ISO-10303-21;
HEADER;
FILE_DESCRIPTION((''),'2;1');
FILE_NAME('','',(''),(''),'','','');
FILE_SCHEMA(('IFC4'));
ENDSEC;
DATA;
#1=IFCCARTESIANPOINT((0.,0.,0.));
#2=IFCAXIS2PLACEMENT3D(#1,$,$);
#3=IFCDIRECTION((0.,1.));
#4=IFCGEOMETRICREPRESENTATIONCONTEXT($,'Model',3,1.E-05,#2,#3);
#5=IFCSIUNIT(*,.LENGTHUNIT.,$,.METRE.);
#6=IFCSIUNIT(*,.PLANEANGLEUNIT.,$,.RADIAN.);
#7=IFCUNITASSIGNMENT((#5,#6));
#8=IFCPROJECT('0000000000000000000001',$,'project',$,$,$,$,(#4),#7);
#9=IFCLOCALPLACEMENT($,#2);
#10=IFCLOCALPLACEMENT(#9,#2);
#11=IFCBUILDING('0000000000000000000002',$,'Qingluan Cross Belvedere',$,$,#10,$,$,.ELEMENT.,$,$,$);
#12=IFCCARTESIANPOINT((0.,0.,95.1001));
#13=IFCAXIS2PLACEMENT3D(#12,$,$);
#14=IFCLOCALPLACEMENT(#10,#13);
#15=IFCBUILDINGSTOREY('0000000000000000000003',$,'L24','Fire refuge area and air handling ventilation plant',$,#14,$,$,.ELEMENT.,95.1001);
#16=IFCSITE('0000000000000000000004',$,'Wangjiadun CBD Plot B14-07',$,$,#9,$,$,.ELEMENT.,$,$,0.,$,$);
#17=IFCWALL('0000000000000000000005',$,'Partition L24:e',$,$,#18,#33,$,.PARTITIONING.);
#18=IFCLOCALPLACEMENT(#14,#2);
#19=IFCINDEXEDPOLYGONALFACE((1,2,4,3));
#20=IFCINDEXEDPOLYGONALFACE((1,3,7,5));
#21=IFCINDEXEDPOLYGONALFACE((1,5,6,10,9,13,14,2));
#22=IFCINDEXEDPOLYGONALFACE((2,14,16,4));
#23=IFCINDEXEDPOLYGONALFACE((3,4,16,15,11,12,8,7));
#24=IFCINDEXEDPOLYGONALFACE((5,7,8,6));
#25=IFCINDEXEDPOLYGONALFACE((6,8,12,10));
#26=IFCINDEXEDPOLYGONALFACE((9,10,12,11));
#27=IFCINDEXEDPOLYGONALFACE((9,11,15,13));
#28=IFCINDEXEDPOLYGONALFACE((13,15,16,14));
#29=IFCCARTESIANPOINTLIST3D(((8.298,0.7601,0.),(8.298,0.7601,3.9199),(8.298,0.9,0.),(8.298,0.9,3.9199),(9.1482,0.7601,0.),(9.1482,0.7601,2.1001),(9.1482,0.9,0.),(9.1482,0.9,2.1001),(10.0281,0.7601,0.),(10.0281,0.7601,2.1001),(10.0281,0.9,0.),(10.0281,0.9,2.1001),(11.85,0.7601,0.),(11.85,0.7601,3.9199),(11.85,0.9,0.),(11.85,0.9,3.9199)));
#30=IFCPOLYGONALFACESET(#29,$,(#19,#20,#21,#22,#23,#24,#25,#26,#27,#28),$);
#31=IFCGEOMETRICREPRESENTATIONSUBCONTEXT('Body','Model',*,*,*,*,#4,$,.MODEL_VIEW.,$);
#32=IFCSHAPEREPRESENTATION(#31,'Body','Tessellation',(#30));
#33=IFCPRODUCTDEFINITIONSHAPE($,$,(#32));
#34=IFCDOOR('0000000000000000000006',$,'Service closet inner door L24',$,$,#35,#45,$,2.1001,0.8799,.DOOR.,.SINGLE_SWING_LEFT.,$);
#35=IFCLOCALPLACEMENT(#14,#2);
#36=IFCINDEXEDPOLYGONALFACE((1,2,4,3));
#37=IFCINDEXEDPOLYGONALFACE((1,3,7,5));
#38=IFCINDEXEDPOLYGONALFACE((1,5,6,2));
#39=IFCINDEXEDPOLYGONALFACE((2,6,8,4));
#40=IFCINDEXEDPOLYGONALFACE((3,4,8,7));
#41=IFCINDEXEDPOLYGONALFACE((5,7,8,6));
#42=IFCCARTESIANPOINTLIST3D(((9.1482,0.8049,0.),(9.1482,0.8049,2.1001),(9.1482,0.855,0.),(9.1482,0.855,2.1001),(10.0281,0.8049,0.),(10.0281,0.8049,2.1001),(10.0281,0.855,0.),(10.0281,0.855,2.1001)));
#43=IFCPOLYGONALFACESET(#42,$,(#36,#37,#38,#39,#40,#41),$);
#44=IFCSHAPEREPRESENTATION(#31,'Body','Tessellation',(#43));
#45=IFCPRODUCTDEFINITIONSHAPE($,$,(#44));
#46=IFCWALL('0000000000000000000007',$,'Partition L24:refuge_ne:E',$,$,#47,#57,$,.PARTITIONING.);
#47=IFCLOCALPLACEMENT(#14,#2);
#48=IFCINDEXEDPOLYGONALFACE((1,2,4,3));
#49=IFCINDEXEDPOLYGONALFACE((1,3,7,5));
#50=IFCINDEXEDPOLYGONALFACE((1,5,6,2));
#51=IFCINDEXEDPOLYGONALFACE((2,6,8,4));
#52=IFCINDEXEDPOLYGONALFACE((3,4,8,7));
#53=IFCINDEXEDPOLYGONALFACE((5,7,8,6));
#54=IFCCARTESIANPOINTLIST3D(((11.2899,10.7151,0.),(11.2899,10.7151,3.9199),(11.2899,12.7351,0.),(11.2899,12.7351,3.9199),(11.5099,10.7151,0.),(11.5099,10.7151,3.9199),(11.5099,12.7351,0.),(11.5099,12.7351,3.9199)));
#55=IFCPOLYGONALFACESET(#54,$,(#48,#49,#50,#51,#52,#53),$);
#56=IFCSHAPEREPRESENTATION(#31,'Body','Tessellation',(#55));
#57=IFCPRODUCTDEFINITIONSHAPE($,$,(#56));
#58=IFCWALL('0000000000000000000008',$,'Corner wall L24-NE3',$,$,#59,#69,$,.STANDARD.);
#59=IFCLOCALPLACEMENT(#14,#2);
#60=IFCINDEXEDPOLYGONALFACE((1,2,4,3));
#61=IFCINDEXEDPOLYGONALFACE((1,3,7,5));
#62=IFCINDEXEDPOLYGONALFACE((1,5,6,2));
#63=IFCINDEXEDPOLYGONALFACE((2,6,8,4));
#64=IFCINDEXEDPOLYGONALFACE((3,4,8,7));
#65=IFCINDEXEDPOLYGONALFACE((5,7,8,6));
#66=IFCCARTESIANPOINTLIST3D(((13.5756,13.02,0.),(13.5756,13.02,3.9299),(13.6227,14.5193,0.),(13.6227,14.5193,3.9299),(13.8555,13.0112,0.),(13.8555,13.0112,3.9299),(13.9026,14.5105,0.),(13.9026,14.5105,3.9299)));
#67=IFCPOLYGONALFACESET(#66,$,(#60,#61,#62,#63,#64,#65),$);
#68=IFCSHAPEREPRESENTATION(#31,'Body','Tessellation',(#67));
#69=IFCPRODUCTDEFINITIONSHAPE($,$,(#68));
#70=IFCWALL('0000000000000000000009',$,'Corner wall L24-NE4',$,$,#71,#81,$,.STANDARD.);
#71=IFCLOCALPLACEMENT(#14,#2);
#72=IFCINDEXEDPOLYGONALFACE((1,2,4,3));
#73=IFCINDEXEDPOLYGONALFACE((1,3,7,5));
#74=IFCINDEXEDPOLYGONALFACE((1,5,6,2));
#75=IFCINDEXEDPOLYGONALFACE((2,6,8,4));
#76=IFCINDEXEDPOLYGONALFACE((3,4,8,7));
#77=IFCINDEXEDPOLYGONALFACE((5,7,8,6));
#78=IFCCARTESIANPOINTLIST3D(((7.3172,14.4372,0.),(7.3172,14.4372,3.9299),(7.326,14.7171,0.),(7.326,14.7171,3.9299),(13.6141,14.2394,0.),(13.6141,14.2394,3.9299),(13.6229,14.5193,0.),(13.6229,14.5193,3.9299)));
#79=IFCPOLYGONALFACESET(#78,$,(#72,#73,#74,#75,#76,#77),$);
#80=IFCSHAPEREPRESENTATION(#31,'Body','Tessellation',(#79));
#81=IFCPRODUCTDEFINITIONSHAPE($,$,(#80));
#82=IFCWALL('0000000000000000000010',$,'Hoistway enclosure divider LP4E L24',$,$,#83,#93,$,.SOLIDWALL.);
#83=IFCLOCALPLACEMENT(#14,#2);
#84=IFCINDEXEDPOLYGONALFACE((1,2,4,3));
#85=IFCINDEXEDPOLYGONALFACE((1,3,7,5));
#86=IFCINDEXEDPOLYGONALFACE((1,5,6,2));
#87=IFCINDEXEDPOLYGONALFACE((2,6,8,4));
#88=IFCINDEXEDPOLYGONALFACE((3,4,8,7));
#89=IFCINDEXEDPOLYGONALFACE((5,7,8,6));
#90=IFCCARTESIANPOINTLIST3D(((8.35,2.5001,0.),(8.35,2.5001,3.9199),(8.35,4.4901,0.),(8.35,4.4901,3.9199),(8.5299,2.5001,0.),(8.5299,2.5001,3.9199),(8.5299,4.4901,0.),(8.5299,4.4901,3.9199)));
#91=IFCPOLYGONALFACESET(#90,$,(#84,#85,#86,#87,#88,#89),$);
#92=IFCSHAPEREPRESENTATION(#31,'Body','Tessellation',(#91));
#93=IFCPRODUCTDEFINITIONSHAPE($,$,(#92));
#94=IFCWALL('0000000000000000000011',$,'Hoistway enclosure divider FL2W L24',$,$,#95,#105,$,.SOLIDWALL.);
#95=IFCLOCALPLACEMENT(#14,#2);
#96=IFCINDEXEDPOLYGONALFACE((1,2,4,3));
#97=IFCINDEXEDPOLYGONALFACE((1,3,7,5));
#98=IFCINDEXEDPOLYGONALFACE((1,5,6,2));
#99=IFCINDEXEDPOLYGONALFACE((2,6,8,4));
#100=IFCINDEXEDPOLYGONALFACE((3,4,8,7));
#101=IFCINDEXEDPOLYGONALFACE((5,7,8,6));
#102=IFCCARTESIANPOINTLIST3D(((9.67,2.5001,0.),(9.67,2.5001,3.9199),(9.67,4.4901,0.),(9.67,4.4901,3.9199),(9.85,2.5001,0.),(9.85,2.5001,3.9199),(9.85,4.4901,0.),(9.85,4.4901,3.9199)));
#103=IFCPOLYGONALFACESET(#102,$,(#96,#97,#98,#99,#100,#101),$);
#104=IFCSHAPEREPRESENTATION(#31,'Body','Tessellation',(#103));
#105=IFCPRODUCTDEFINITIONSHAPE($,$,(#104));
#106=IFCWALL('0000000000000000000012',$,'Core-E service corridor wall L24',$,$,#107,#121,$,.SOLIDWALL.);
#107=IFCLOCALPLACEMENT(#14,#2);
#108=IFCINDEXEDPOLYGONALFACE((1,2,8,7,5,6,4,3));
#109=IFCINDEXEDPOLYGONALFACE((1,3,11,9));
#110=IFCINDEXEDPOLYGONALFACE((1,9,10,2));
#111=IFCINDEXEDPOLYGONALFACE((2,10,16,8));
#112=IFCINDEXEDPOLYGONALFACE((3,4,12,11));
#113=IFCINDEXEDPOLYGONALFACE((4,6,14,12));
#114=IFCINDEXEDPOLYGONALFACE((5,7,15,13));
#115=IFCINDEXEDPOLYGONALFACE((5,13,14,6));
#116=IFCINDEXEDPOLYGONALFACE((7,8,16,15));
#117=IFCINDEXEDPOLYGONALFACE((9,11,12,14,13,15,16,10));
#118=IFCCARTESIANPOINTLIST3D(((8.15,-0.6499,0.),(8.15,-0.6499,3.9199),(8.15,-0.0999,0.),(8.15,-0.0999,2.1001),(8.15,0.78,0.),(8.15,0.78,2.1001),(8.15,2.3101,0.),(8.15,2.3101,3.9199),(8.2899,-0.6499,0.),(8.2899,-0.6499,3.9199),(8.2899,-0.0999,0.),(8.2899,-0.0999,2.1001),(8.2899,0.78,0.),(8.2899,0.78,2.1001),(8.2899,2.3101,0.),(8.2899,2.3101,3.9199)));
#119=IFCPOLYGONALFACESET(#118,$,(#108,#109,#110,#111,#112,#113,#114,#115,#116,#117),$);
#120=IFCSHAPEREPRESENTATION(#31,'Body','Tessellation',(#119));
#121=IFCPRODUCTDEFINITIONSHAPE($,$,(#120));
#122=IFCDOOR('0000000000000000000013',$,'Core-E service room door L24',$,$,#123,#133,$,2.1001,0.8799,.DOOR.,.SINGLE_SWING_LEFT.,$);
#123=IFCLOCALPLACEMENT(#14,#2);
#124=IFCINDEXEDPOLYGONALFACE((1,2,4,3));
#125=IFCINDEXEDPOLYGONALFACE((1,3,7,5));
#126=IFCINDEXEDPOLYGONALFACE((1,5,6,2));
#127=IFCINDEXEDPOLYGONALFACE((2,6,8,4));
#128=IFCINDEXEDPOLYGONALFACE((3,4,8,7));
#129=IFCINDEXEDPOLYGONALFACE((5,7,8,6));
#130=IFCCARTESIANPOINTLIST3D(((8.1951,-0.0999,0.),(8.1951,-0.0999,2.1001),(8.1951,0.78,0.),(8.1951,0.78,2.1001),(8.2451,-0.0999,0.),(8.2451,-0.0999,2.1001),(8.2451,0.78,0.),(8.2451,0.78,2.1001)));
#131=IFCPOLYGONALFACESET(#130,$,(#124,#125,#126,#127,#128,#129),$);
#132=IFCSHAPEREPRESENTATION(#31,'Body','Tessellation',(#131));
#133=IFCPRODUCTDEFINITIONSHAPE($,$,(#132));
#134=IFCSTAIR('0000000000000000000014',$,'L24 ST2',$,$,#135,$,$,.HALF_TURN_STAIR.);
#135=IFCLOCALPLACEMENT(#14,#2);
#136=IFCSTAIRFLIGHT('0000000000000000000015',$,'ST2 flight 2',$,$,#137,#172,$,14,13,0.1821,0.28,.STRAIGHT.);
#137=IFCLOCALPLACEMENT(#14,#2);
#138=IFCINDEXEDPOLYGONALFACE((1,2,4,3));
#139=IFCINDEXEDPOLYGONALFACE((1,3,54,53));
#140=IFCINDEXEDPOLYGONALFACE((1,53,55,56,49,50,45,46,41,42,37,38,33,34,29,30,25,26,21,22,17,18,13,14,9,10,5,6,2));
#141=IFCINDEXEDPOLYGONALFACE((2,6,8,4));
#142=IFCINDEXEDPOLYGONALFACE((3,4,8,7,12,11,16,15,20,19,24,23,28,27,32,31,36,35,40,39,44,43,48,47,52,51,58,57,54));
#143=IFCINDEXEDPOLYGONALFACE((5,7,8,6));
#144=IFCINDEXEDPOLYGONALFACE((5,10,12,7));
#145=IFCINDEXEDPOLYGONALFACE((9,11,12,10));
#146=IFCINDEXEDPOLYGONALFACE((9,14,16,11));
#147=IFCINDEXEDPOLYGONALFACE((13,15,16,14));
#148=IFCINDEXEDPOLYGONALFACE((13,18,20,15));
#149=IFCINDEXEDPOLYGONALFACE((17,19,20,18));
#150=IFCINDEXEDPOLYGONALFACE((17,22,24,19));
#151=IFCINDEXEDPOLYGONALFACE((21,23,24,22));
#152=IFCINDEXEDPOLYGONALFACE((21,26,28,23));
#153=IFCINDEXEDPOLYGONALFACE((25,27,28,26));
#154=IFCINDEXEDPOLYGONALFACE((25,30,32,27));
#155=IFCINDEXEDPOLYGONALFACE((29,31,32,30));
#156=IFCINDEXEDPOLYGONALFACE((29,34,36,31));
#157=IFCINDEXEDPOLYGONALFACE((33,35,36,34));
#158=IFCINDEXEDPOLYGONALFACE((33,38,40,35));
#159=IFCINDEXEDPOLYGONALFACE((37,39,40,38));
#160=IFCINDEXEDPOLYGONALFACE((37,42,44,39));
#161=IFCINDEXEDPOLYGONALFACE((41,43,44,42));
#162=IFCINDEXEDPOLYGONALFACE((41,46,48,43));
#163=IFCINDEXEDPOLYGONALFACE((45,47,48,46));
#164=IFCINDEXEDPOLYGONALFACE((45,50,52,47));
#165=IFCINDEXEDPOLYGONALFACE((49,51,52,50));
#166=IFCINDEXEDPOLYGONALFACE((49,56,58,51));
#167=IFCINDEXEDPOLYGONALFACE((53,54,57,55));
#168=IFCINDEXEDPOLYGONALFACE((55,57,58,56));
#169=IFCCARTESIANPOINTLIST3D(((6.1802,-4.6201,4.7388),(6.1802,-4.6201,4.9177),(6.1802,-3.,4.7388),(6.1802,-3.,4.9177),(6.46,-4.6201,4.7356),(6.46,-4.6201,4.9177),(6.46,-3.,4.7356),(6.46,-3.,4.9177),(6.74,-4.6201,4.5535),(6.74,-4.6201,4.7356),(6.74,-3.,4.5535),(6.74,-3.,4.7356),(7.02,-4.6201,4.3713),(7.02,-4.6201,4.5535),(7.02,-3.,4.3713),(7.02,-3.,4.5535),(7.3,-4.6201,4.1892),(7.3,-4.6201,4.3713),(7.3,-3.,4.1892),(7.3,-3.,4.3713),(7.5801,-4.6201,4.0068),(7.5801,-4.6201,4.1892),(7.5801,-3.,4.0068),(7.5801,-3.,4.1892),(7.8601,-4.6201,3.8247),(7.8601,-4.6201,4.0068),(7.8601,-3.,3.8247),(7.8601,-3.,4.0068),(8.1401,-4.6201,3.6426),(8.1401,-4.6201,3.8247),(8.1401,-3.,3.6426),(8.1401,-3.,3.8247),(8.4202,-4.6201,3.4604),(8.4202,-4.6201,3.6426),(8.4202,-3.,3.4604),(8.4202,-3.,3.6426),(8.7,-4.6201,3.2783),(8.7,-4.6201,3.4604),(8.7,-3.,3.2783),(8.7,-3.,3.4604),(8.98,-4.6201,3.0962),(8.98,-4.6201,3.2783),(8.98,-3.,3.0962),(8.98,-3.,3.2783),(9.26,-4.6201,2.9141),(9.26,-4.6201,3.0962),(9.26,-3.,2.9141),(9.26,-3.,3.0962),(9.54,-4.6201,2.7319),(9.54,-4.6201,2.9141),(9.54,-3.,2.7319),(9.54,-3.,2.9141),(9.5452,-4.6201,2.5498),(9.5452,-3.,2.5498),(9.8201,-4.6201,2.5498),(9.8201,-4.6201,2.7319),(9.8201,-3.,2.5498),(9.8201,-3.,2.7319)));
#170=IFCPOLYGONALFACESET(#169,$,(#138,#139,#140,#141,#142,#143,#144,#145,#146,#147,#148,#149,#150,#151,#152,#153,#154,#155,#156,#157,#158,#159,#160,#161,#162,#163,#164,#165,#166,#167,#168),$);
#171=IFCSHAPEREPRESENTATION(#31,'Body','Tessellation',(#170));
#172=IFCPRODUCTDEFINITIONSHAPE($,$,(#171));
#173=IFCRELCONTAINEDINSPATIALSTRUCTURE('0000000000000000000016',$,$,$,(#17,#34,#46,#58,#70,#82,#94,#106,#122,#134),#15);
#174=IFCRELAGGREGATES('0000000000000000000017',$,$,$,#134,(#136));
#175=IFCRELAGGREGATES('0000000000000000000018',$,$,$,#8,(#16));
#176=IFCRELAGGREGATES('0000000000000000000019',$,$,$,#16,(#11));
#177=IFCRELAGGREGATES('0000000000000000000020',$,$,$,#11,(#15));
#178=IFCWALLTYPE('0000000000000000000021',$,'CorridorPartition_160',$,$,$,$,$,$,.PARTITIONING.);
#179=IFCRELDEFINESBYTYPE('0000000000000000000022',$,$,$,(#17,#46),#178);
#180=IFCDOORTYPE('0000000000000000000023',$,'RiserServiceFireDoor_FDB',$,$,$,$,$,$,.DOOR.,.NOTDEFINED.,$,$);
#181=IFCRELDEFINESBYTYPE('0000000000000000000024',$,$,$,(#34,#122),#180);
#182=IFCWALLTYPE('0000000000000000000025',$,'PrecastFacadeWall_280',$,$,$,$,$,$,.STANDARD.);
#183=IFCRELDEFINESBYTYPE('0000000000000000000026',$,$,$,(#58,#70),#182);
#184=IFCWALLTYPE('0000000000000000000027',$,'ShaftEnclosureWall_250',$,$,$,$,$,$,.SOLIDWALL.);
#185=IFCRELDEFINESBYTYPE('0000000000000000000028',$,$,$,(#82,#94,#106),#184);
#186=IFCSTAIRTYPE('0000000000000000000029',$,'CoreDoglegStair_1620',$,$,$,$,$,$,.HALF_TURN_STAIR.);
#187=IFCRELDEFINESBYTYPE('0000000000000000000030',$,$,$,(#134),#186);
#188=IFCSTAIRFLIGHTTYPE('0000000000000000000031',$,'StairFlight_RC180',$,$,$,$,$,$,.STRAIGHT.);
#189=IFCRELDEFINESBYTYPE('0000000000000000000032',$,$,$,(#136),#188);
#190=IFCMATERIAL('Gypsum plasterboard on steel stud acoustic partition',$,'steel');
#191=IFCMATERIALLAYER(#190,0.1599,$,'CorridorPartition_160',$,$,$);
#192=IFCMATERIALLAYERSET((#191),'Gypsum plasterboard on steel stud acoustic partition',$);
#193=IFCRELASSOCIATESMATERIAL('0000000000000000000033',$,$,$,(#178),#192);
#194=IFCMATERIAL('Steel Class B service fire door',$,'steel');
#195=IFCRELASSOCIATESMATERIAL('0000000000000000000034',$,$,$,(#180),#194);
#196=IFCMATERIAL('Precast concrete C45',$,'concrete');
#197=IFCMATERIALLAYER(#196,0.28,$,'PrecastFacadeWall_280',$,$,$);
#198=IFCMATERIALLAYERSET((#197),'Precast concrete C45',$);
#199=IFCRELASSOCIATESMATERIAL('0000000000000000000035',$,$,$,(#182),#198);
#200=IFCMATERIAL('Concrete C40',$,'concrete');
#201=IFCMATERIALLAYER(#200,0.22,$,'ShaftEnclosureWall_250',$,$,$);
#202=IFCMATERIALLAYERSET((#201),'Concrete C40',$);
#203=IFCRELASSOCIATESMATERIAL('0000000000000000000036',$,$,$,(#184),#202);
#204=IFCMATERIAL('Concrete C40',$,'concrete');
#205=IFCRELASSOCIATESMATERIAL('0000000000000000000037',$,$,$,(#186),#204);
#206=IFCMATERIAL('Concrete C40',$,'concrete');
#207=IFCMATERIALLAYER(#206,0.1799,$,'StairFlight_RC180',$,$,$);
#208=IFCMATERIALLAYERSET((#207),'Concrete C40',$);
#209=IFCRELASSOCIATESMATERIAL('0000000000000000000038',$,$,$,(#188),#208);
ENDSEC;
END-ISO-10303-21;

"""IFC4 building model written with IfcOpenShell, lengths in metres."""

from ifc_helpers import new_model, si_unit, direction, frame, frame_2d, origin, place, context, subcontext, project, spatial, polyline, rectangle, outline, extrude, material, layer, layer_set, type_object, element, fill, aggregate, save


model = new_model("IFC4")

# Units and contexts
model_context = context("Model", 3, precision=1e-05, world=origin(), true_north=direction((0.0, 1.0)))
body_context = subcontext(model_context, "Body", "Model", "MODEL_VIEW")
ifc_project = project(units=[si_unit("LENGTHUNIT", "METRE"), si_unit("PLANEANGLEUNIT", "RADIAN")], contexts=[model_context])

# Site, building, storey
site_placement = place(None, origin())
site = spatial("IfcSite", under=ifc_project, at=site_placement, Name="Wangjiadun CBD Plot B14-07", CompositionType="ELEMENT", RefElevation=0.0)
building_placement = place(site_placement, origin())
building = spatial("IfcBuilding", under=site, at=building_placement, Name="Qingluan Cross Belvedere", CompositionType="ELEMENT")
storey_placement = place(building_placement, frame((0.0, 0.0, 95.1001)))
storey = spatial("IfcBuildingStorey", under=building, at=storey_placement, Name="L24", Description="Fire refuge area and air handling ventilation plant", CompositionType="ELEMENT", Elevation=95.1001)

# Wall, opening, door
ifc_material_1 = material(Name="Gypsum plasterboard on steel stud acoustic partition", Category="steel")
ifc_layer_1 = layer(ifc_material_1, 0.1599, Name="CorridorPartition_160")
ifc_layer_set_1 = layer_set([ifc_layer_1], Name="Gypsum plasterboard on steel stud acoustic partition")
wall_type_1 = type_object("IfcWallType", Name="CorridorPartition_160", PredefinedType="PARTITIONING", material=ifc_layer_set_1)
wall_1_placement = place(storey_placement, frame((8.2981, 0.8301, 0.0), z_axis=(0.0, 0.0, 1.0), x_axis=(1.0, 0.0, 0.0)))
wall_1 = element("IfcWall", 1, at=wall_1_placement, inside=storey, type_object=wall_type_1, Name="Partition L24:e", PredefinedType="PARTITIONING", context=body_context, shape_type="SweptSolid", body=[
    extrude(rectangle(XDim=3.552, YDim=0.1399, at=frame_2d((1.7759, 0.0))), origin(), (0.0, 0.0, 1.0), 3.9199),
])
opening_1_placement = place(wall_1_placement, frame((0.8501, 0.0, 0.0)))
opening_1 = element("IfcOpeningElement", 2, at=opening_1_placement, cuts=wall_1, PredefinedType="OPENING", context=body_context, shape_type="SweptSolid", body=[
    extrude(rectangle(XDim=0.8799, YDim=2.1001, at=frame_2d((0.4399, 1.05))), frame((0.0, 0.0798, 0.0), z_axis=(0.0, -1.0, 0.0), x_axis=(1.0, 0.0, 0.0)), (0.0, 0.0, 1.0), 0.1599),
])
ifc_material_2 = material(Name="Steel Class B service fire door", Category="steel")
door_type = type_object("IfcDoorType", Name="RiserServiceFireDoor_FDB", OperationType="NOTDEFINED", PredefinedType="DOOR", material=ifc_material_2)
door_1_placement = place(opening_1_placement, origin())
door_1 = element("IfcDoor", 3, at=door_1_placement, inside=storey, type_object=door_type, Name="Service closet inner door L24", OperationType="SINGLE_SWING_LEFT", OverallHeight=2.1001, OverallWidth=0.8799, PredefinedType="DOOR", context=body_context, shape_type="SweptSolid", body=[
    extrude(rectangle(XDim=0.8799, YDim=2.1001, at=frame_2d((0.4399, 1.05))), frame((0.0, 0.0249, 0.0), z_axis=(0.0, -1.0, 0.0), x_axis=(1.0, 0.0, 0.0)), (0.0, 0.0, 1.0), 0.05),
])
fill(opening_1, door_1)

# Walls
wall_2_placement = place(storey_placement, frame((11.3999, 10.7151, 0.0), z_axis=(0.0, 0.0, 1.0), x_axis=(0.0, 1.0, 0.0)))
element("IfcWall", 4, at=wall_2_placement, inside=storey, type_object=wall_type_1, Name="Partition L24:refuge_ne:E", PredefinedType="PARTITIONING", context=body_context, shape_type="SweptSolid", body=[
    extrude(rectangle(XDim=2.02, YDim=0.22, at=frame_2d((1.01, 0.0))), origin(), (0.0, 0.0, 1.0), 3.9199),
])
ifc_material_3 = material(Name="Precast concrete C45", Category="concrete")
ifc_layer_2 = layer(ifc_material_3, 0.28, Name="PrecastFacadeWall_280")
ifc_layer_set_2 = layer_set([ifc_layer_2], Name="Precast concrete C45")
wall_type_2 = type_object("IfcWallType", Name="PrecastFacadeWall_280", PredefinedType="STANDARD", material=ifc_layer_set_2)
wall_3_placement = place(storey_placement, frame((13.7156, 13.0156, 0.0), z_axis=(0.0, 0.0, 1.0), x_axis=(0.031413, 0.999507, 0.0)))
element("IfcWall", 5, at=wall_3_placement, inside=storey, type_object=wall_type_2, Name="Corner wall L24-NE3", PredefinedType="STANDARD", context=body_context, shape_type="SweptSolid", body=[
    extrude(rectangle(XDim=1.5, YDim=0.28, at=frame_2d((0.75, 0.0))), origin(), (0.0, 0.0, 1.0), 3.9299),
])
wall_4_placement = place(storey_placement, frame((13.6184, 14.3794, 0.0), z_axis=(0.0, 0.0, 1.0), x_axis=(-0.999507, 0.03139, 0.0)))
element("IfcWall", 6, at=wall_4_placement, inside=storey, type_object=wall_type_2, Name="Corner wall L24-NE4", PredefinedType="STANDARD", context=body_context, shape_type="SweptSolid", body=[
    extrude(rectangle(XDim=6.3, YDim=0.28, at=frame_2d((3.1499, 0.0))), origin(), (0.0, 0.0, 1.0), 3.9299),
])
ifc_material_4 = material(Name="Concrete C40", Category="concrete")
ifc_layer_3 = layer(ifc_material_4, 0.22, Name="ShaftEnclosureWall_250")
ifc_layer_set_3 = layer_set([ifc_layer_3], Name="Concrete C40")
wall_type_3 = type_object("IfcWallType", Name="ShaftEnclosureWall_250", PredefinedType="SOLIDWALL", material=ifc_layer_set_3)
for number, where, z_axis, x_axis, name in (
    (7, (8.4399, 2.5, 0.0), (0.0, 0.0, 1.0), (0.0, 1.0, 0.0), "Hoistway enclosure divider LP4E L24"),
    (8, (9.76, 2.5, 0.0), (0.0, 0.0, 1.0), (0.0, 1.0, 0.0), "Hoistway enclosure divider FL2W L24"),
):
    element("IfcWall", number, at=place(storey_placement, frame(where, z_axis=z_axis, x_axis=x_axis)), inside=storey, type_object=wall_type_3, Name=name, PredefinedType="SOLIDWALL", context=body_context, shape_type="SweptSolid", body=[
        extrude(rectangle(XDim=1.99, YDim=0.1799, at=frame_2d((0.9951, 0.0))), origin(), (0.0, 0.0, 1.0), 3.9199),
    ])

# Wall, opening, door
wall_5_placement = place(storey_placement, frame((8.22, -0.6499, 0.0), z_axis=(0.0, 0.0, 1.0), x_axis=(0.0, 1.0, 0.0)))
wall_5 = element("IfcWall", 9, at=wall_5_placement, inside=storey, type_object=wall_type_3, Name="Core-E service corridor wall L24", PredefinedType="SOLIDWALL", context=body_context, shape_type="SweptSolid", body=[
    extrude(rectangle(XDim=2.96, YDim=0.1399, at=frame_2d((1.48, 0.0))), origin(), (0.0, 0.0, 1.0), 3.9199),
])
opening_2_placement = place(wall_5_placement, frame((0.55, 0.0, 0.0)))
opening_2 = element("IfcOpeningElement", 10, at=opening_2_placement, cuts=wall_5, PredefinedType="OPENING", context=body_context, shape_type="SweptSolid", body=[
    extrude(rectangle(XDim=0.8799, YDim=2.1001, at=frame_2d((0.4399, 1.05))), frame((0.0, 0.0798, 0.0), z_axis=(0.0, -1.0, 0.0), x_axis=(1.0, 0.0, 0.0)), (0.0, 0.0, 1.0), 0.1599),
])
door_2_placement = place(opening_2_placement, origin())
door_2 = element("IfcDoor", 11, at=door_2_placement, inside=storey, type_object=door_type, Name="Core-E service room door L24", OperationType="SINGLE_SWING_LEFT", OverallHeight=2.1001, OverallWidth=0.8799, PredefinedType="DOOR", context=body_context, shape_type="SweptSolid", body=[
    extrude(rectangle(XDim=0.8799, YDim=2.1001, at=frame_2d((0.4399, 1.05))), frame((0.0, 0.0249, 0.0), z_axis=(0.0, -1.0, 0.0), x_axis=(1.0, 0.0, 0.0)), (0.0, 0.0, 1.0), 0.05),
])
fill(opening_2, door_2)

# Stair, stair flight
ifc_material_5 = material(Name="Concrete C40", Category="concrete")
stair_type = type_object("IfcStairType", Name="CoreDoglegStair_1620", PredefinedType="HALF_TURN_STAIR", material=ifc_material_5)
stair_placement = place(storey_placement, origin())
stair = element("IfcStair", 12, at=stair_placement, inside=storey, type_object=stair_type, Name="L24 ST2", PredefinedType="HALF_TURN_STAIR")
ifc_material_6 = material(Name="Concrete C40", Category="concrete")
ifc_layer_4 = layer(ifc_material_6, 0.1799, Name="StairFlight_RC180")
ifc_layer_set_4 = layer_set([ifc_layer_4], Name="Concrete C40")
stair_flight_type = type_object("IfcStairFlightType", Name="StairFlight_RC180", PredefinedType="STRAIGHT", material=ifc_layer_set_4)
stair_flight_placement = place(storey_placement, frame((9.8201, -3.8101, 2.5498), z_axis=(0.0, 0.0, 1.0), x_axis=(-1.0, 0.0, 0.0)))
stair_flight = element("IfcStairFlight", 13, at=stair_flight_placement, type_object=stair_flight_type, Name="ST2 flight 2", NumberOfRisers=14, NumberOfTreads=13, PredefinedType="STRAIGHT", RiserHeight=0.1821, TreadLength=0.28, context=body_context, shape_type="SweptSolid", body=[
    extrude(outline(polyline([(0.0, 0.0), (0.0, 0.1821), (0.28, 0.1821), (0.28, 0.3643), (0.5601, 0.3643), (0.5601, 0.5464), (0.8401, 0.5464), (0.8401, 0.7285), (1.1201, 0.7285), (1.1201, 0.9106), (1.3999, 0.9106), (1.3999, 1.0928), (1.6799, 1.0928), (1.6799, 1.2749), (1.96, 1.2749), (1.96, 1.457), (2.24, 1.457), (2.24, 1.6394), (2.52, 1.6394), (2.52, 1.8215), (2.8, 1.8215), (2.8, 2.0037), (3.0801, 2.0037), (3.0801, 2.1858), (3.3601, 2.1858), (3.3601, 2.3679), (3.6399, 2.3679), (3.6399, 2.55), (3.6399, 2.189), (0.2749, 0.0), (0.0, 0.0)])), frame((0.0, 0.8101, 0.0), z_axis=(0.0, -1.0, 0.0), x_axis=(1.0, 0.0, 0.0)), (0.0, 0.0, 1.0), 1.6201),
])
aggregate(stair, [stair_flight])

save(model, "model.ifc")
